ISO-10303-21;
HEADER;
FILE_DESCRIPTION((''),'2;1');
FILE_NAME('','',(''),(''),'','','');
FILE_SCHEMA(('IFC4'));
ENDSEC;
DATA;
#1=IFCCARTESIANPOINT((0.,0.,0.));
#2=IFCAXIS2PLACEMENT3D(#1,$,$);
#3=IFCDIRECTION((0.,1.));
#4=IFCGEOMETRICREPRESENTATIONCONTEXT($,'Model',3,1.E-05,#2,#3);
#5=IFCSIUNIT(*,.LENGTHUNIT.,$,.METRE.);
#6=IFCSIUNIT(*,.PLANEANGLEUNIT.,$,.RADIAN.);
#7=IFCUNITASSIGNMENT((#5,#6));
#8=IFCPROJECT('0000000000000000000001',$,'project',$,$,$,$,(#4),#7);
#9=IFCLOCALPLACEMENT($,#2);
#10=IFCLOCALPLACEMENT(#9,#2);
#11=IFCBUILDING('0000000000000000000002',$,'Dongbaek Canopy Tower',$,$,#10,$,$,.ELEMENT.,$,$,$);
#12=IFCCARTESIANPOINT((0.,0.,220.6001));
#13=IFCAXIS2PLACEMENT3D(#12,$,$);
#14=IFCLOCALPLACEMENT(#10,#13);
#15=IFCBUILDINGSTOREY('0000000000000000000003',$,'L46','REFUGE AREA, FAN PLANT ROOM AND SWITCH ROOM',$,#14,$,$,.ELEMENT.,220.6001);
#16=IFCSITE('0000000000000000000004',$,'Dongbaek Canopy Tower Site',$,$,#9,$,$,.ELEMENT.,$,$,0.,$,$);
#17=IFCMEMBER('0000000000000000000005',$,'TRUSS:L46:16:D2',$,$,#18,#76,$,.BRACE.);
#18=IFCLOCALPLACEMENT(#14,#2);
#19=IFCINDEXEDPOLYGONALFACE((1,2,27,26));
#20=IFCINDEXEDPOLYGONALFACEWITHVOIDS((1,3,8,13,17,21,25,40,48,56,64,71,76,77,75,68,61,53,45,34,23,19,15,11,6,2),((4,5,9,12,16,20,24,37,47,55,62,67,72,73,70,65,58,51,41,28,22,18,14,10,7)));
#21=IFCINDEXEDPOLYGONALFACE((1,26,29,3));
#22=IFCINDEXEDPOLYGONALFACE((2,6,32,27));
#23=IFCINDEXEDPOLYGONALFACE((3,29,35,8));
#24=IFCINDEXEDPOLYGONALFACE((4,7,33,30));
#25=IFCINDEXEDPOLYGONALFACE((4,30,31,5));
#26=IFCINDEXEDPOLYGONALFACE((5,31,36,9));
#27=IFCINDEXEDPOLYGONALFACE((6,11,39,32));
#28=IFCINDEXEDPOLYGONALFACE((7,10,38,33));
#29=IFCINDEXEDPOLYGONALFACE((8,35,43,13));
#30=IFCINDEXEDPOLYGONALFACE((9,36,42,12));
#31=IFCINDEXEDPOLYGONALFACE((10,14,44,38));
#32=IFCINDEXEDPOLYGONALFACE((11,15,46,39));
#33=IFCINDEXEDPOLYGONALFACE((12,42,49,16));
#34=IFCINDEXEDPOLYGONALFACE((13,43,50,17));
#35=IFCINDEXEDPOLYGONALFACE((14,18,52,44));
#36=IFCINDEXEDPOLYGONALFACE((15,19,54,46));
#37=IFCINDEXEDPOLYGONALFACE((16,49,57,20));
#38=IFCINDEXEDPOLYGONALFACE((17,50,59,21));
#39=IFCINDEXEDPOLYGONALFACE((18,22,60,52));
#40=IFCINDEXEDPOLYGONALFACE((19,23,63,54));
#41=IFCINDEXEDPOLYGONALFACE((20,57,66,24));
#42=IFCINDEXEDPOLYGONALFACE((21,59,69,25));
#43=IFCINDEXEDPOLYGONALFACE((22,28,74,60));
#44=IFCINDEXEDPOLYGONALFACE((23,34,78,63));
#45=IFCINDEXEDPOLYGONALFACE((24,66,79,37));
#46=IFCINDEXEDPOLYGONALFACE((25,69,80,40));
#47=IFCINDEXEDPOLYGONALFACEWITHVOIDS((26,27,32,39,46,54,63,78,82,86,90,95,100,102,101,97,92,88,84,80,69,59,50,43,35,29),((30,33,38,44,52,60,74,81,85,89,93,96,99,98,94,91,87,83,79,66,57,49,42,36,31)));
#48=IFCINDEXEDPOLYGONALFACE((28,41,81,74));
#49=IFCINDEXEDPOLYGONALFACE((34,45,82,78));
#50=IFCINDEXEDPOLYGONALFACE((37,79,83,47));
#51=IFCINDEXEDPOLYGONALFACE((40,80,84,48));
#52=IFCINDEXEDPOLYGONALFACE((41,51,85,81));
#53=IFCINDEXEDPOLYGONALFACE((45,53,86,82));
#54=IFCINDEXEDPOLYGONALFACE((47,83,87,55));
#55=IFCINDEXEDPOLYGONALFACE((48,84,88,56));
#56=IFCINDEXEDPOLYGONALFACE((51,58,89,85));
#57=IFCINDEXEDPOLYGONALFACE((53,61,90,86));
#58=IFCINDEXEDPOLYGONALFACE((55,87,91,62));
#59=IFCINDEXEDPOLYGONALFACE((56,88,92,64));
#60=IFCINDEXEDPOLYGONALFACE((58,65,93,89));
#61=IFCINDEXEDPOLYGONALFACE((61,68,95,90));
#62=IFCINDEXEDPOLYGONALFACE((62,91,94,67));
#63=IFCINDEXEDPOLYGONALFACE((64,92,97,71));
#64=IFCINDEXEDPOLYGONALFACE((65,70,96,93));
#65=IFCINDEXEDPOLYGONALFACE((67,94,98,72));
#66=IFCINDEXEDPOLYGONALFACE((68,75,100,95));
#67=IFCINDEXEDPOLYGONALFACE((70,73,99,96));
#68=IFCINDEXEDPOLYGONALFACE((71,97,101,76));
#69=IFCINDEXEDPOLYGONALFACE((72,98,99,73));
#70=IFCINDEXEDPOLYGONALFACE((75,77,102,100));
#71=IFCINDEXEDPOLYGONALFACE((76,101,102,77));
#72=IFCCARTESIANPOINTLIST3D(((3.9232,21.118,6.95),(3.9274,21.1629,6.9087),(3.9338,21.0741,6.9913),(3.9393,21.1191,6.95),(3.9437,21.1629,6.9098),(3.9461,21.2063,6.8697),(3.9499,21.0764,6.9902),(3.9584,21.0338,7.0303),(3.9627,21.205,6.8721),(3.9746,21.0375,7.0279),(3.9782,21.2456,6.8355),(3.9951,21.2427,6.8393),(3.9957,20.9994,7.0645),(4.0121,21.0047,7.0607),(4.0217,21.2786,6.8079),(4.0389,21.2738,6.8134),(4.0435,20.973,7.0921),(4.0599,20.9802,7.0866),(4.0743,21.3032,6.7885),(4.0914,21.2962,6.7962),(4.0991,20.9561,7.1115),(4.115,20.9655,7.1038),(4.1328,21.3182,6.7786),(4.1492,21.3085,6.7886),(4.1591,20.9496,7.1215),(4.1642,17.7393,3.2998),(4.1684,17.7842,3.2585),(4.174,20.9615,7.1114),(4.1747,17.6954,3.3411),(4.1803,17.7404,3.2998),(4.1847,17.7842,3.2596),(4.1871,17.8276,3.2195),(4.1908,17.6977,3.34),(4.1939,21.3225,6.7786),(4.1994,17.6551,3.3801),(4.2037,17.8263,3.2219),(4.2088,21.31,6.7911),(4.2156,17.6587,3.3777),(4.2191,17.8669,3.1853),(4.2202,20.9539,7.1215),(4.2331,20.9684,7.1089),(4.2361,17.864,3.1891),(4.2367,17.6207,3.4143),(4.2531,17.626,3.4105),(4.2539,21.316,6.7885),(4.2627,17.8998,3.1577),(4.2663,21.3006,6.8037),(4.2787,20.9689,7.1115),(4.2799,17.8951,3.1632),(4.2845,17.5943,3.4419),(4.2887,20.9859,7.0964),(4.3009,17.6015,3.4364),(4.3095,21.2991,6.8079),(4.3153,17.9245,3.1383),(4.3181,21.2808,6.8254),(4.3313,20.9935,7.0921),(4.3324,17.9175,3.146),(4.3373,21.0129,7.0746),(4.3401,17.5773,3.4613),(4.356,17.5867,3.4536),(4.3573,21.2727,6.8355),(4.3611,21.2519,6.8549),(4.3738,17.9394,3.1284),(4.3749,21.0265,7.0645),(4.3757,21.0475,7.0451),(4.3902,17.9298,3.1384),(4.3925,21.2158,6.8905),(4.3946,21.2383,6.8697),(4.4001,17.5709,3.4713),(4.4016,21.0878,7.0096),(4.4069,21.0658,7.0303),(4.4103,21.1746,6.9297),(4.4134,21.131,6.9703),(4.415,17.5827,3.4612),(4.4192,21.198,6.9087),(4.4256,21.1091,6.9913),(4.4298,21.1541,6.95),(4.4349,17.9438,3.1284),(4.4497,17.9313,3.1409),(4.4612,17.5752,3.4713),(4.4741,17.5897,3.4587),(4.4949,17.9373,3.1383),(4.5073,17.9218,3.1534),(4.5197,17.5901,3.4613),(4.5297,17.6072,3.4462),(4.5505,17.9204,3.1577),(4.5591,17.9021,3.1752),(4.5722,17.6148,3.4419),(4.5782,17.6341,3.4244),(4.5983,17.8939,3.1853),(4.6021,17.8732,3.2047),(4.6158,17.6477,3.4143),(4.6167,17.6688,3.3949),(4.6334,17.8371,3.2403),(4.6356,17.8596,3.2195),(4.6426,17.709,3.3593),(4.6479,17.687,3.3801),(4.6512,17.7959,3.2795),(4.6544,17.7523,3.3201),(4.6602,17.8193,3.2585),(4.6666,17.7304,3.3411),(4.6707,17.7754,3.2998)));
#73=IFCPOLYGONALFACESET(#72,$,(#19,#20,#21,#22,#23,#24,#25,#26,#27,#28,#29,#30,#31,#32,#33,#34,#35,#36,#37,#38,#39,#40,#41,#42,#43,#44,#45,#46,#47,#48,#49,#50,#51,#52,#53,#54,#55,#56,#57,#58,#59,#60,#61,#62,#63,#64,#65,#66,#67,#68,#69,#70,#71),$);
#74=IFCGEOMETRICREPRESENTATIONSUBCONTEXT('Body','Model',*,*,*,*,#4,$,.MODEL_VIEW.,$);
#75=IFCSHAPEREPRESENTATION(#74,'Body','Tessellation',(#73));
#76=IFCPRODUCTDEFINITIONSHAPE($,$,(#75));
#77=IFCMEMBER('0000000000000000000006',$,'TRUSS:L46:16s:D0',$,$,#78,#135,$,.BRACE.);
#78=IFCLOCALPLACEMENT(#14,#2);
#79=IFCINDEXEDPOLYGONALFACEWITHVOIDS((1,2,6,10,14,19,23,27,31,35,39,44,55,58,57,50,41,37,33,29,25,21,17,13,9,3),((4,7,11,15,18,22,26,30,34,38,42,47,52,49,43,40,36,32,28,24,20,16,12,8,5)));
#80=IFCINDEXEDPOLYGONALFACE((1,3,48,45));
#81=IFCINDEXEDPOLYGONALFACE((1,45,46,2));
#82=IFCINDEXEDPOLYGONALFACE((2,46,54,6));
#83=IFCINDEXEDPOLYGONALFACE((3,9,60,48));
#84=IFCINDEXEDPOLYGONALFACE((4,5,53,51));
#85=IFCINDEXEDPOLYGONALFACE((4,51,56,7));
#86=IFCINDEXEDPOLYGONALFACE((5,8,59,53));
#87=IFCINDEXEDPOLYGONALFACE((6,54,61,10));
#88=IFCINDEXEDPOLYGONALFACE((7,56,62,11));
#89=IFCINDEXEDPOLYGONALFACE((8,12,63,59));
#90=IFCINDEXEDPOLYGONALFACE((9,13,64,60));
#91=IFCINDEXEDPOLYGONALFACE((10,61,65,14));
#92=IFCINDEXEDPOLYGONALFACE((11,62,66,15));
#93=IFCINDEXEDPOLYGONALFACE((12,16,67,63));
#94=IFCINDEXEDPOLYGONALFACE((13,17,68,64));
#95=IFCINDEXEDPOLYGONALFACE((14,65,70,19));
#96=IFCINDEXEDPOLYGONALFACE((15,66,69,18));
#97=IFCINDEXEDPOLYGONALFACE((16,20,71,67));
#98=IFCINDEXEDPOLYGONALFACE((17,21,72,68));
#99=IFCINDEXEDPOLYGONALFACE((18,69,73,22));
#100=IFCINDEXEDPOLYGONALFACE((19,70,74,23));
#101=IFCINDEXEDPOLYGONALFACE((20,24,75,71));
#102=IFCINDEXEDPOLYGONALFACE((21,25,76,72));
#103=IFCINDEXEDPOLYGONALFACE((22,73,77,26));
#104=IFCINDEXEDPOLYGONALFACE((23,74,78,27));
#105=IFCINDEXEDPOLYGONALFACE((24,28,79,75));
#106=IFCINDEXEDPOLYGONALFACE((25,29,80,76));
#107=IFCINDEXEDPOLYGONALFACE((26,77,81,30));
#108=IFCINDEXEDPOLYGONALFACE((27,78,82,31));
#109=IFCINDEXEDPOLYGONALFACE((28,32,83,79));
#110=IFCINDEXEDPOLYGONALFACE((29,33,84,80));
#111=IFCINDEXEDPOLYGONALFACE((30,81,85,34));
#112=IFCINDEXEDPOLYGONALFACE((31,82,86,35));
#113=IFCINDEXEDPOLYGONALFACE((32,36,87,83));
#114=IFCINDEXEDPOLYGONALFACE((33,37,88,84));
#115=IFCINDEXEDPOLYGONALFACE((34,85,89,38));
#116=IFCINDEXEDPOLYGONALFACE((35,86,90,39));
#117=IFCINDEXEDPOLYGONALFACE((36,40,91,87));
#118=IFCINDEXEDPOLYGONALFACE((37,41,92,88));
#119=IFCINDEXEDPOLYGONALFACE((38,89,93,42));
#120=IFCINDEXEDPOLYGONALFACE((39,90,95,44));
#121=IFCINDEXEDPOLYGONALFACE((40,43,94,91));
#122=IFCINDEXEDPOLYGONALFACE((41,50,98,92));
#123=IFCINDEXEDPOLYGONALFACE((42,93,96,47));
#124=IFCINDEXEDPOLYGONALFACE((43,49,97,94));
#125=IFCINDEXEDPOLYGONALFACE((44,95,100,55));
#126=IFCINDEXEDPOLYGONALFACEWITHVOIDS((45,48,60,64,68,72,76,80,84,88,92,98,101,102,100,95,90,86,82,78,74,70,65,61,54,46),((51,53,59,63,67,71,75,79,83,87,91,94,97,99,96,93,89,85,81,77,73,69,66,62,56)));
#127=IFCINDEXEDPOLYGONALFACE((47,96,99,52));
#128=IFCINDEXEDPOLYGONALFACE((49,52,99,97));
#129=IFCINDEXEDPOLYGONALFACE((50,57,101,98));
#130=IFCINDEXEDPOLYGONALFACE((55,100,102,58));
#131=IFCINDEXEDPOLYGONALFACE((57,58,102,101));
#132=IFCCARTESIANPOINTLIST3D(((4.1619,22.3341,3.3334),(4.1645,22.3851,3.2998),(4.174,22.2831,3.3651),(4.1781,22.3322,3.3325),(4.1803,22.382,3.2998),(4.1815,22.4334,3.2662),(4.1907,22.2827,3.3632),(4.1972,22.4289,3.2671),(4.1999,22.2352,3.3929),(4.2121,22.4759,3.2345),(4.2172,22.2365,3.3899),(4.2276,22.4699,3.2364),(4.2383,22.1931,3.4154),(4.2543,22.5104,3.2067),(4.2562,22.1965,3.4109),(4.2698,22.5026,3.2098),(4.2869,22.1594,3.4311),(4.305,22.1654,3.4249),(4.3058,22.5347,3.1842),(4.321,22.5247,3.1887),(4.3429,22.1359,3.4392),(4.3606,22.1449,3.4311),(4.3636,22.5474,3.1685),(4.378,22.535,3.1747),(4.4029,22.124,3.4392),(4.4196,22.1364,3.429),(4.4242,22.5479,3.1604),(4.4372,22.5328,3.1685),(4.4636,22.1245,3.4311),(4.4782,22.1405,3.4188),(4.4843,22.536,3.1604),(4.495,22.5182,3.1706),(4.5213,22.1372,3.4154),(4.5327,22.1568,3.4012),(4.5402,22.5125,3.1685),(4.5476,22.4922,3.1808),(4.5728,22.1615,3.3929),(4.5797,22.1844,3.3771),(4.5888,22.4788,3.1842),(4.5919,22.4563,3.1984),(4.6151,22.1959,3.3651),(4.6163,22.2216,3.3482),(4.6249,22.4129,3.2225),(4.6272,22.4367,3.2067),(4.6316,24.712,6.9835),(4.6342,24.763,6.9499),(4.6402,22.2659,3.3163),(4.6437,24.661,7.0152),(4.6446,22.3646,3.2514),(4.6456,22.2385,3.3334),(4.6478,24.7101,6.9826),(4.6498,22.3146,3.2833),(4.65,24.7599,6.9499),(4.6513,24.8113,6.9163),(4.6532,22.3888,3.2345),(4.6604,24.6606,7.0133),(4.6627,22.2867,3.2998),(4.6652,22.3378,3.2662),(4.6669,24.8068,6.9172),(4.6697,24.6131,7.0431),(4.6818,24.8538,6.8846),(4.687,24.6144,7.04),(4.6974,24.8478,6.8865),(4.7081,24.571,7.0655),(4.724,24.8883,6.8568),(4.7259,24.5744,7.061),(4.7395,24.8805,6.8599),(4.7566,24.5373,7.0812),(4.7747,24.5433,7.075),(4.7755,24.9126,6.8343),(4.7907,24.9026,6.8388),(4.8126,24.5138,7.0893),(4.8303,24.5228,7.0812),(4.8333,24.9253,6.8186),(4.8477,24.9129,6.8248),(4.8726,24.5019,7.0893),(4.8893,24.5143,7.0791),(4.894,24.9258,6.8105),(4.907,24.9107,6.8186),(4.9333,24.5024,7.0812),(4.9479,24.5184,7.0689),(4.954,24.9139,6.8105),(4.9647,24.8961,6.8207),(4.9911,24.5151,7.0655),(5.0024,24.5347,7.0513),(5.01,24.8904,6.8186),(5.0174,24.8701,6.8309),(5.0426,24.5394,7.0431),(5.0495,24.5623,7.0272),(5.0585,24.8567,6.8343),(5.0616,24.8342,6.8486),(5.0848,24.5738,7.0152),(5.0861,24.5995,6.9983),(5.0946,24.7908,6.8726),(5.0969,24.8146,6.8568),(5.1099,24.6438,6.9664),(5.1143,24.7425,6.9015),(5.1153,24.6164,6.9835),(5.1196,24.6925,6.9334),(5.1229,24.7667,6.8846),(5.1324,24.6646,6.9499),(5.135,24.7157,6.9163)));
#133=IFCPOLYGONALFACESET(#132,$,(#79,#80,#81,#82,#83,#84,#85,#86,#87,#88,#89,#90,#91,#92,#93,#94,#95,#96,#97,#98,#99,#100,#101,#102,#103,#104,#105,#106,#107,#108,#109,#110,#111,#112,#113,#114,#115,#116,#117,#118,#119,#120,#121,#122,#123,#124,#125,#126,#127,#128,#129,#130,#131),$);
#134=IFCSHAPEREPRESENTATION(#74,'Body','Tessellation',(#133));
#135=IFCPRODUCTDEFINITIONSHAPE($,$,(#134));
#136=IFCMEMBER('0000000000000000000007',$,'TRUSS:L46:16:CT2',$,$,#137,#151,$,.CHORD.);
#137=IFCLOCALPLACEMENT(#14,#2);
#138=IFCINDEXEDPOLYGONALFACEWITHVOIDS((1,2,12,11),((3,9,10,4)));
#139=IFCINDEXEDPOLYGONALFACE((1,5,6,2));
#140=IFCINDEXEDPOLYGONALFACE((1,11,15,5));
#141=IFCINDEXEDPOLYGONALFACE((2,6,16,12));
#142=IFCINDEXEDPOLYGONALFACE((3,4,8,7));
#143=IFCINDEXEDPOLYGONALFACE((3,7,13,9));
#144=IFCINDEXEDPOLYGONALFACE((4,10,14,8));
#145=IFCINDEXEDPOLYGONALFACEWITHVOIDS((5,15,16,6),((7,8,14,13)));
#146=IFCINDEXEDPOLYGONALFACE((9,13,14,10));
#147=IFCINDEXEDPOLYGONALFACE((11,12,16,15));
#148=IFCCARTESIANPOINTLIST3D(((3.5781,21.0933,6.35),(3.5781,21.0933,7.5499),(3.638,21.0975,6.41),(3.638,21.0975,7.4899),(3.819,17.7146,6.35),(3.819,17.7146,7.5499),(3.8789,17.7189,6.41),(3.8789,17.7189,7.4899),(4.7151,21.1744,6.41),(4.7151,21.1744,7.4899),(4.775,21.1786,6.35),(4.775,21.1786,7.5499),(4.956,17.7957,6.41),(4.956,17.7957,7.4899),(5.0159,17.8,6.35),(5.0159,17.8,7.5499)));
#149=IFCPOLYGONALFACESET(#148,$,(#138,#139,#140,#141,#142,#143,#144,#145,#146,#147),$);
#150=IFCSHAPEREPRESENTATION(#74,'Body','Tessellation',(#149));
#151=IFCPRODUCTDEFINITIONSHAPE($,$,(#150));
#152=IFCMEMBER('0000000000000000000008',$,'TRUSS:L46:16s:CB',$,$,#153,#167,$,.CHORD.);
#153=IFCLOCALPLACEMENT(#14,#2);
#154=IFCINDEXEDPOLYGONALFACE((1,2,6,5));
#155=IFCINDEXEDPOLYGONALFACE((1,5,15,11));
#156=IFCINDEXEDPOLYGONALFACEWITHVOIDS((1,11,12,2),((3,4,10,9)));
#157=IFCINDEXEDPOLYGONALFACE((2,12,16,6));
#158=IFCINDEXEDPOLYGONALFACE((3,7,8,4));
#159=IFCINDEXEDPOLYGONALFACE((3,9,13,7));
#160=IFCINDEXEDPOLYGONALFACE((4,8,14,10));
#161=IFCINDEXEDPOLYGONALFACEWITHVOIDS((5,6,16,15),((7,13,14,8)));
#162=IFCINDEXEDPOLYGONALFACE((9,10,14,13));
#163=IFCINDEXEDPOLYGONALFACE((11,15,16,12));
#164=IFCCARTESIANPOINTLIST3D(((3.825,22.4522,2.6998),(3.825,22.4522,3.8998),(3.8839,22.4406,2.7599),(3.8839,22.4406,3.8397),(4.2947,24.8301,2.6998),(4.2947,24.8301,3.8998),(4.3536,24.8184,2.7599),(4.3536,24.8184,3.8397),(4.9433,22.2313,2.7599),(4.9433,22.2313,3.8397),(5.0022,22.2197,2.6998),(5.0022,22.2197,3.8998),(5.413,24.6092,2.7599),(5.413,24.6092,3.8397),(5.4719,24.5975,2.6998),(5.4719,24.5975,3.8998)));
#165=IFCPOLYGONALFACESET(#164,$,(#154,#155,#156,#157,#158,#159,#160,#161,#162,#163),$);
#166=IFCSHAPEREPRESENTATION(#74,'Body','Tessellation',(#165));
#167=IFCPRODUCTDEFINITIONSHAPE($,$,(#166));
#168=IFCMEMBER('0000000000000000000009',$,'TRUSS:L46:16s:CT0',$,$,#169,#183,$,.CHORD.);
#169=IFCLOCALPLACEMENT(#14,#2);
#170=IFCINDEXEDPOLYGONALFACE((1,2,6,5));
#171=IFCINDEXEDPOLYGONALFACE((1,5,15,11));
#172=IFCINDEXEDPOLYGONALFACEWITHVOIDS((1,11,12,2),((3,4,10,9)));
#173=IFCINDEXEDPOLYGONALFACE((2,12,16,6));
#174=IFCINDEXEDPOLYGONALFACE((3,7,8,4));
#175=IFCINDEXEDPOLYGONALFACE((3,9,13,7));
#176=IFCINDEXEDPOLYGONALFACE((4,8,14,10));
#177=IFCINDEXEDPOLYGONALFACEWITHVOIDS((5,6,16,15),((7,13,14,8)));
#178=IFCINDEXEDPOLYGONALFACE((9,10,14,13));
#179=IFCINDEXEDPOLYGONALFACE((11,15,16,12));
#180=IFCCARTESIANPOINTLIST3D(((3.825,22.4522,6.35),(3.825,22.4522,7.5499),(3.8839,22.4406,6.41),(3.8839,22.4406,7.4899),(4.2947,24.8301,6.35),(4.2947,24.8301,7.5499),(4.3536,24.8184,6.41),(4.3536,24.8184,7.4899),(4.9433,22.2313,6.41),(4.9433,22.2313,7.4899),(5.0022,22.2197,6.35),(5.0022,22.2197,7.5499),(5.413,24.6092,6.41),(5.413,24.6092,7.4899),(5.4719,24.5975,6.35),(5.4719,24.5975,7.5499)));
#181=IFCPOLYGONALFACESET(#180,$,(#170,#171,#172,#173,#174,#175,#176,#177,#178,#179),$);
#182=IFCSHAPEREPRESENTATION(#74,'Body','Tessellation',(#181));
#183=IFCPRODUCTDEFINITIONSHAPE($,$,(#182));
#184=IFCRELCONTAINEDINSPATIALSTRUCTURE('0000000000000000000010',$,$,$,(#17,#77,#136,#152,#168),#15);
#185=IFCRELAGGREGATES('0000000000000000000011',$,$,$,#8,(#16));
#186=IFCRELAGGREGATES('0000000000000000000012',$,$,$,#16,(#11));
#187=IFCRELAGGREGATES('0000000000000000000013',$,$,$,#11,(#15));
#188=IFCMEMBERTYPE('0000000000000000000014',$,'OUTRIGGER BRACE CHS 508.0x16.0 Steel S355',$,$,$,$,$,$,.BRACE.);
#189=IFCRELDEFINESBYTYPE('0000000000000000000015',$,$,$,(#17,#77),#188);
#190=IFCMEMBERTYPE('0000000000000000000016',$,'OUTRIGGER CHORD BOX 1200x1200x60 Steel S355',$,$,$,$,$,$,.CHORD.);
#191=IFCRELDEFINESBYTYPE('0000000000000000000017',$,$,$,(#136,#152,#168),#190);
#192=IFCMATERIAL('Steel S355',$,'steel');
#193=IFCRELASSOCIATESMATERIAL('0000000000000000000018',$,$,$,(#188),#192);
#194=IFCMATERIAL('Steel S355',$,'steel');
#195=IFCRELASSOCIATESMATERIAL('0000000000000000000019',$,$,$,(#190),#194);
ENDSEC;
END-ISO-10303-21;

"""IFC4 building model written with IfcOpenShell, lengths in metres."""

from ifc_helpers import new_model, si_unit, direction, frame, origin, origin_2d, place, context, subcontext, project, spatial, hollow_rectangle, hollow_circle, extrude, material, material_profile, profile_set, type_object, element, save


model = new_model("IFC4")

# Units and contexts
model_context = context("Model", 3, precision=1e-05, world=origin(), true_north=direction((0.0, 1.0)))
body_context = subcontext(model_context, "Body", "Model", "MODEL_VIEW")
ifc_project = project(units=[si_unit("LENGTHUNIT", "METRE"), si_unit("PLANEANGLEUNIT", "RADIAN")], contexts=[model_context])

# Site, building, storey
site_placement = place(None, origin())
site = spatial("IfcSite", under=ifc_project, at=site_placement, Name="Dongbaek Canopy Tower Site", CompositionType="ELEMENT", RefElevation=0.0)
building_placement = place(site_placement, origin())
building = spatial("IfcBuilding", under=site, at=building_placement, Name="Dongbaek Canopy Tower", CompositionType="ELEMENT")
storey_placement = place(building_placement, frame((0.0, 0.0, 220.6001)))
storey = spatial("IfcBuildingStorey", under=building, at=storey_placement, Name="L46", Description="REFUGE AREA, FAN PLANT ROOM AND SWITCH ROOM", CompositionType="ELEMENT", Elevation=220.6001)

# Members
ifc_material_1 = material(Name="Steel S355", Category="steel")
ifc_material_profile_1 = material_profile(ifc_material_1, hollow_circle(Radius=0.2539, WallThickness=0.0161, at=origin_2d()), Name="OUTRIGGER BRACE CHS 508.0x16.0 Steel S355")
ifc_profile_set_1 = profile_set([ifc_material_profile_1], Name="Steel S355")
member_type_1 = type_object("IfcMemberType", Name="OUTRIGGER BRACE CHS 508.0x16.0 Steel S355", PredefinedType="BRACE", material=ifc_profile_set_1)
member_1_placement = place(storey_placement, frame((4.4175, 17.7573, 3.2998), z_axis=(-0.04839, 0.678493, 0.733012), x_axis=(-0.997466, -0.071139, 0.0)))
element("IfcMember", 1, at=member_1_placement, inside=storey, type_object=member_type_1, Name="TRUSS:L46:16:D2", PredefinedType="BRACE", context=body_context, shape_type="SweptSolid", body=[
    extrude(hollow_circle(Radius=0.2539, WallThickness=0.0161, at=origin_2d()), origin(), (0.0, 0.0, 1.0), 4.9797),
])
member_2_placement = place(storey_placement, frame((4.4136, 22.3359, 3.2998), z_axis=(0.107203, 0.542703, 0.833055), x_axis=(-0.981043, 0.193791, 0.0)))
element("IfcMember", 2, at=member_2_placement, inside=storey, type_object=member_type_1, Name="TRUSS:L46:16s:D0", PredefinedType="BRACE", context=body_context, shape_type="SweptSolid", body=[
    extrude(hollow_circle(Radius=0.2539, WallThickness=0.0161, at=origin_2d()), origin(), (0.0, 0.0, 1.0), 4.3816),
])
ifc_material_2 = material(Name="Steel S355", Category="steel")
ifc_material_profile_2 = material_profile(ifc_material_2, hollow_rectangle(XDim=1.2, YDim=1.2, WallThickness=0.0601, at=origin_2d()), Name="OUTRIGGER CHORD BOX 1200x1200x60 Steel S355")
ifc_profile_set_2 = profile_set([ifc_material_profile_2], Name="Steel S355")
member_type_2 = type_object("IfcMemberType", Name="OUTRIGGER CHORD BOX 1200x1200x60 Steel S355", PredefinedType="CHORD", material=ifc_profile_set_2)
member_3_placement = place(storey_placement, frame((4.4175, 17.7573, 6.95), z_axis=(-0.071139, 0.997466, 0.0), x_axis=(-0.997466, -0.071139, 0.0)))
element("IfcMember", 3, at=member_3_placement, inside=storey, type_object=member_type_2, Name="TRUSS:L46:16:CT2", PredefinedType="CHORD", context=body_context, shape_type="SweptSolid", body=[
    extrude(hollow_rectangle(XDim=1.2, YDim=1.2, WallThickness=0.0601, at=origin_2d()), origin(), (0.0, 0.0, 1.0), 3.3872),
])
for number, where, z_axis, x_axis, name in (
    (4, (4.4136, 22.3359, 3.2998), (0.193791, 0.981043, 0.0), (-0.981043, 0.193791, 0.0), "TRUSS:L46:16s:CB"),
    (5, (4.4136, 22.3359, 6.95), (0.193791, 0.981043, 0.0), (-0.981043, 0.193791, 0.0), "TRUSS:L46:16s:CT0"),
):
    element("IfcMember", number, at=place(storey_placement, frame(where, z_axis=z_axis, x_axis=x_axis)), inside=storey, type_object=member_type_2, Name=name, PredefinedType="CHORD", context=body_context, shape_type="SweptSolid", body=[
        extrude(hollow_rectangle(XDim=1.2, YDim=1.2, WallThickness=0.0601, at=origin_2d()), origin(), (0.0, 0.0, 1.0), 2.4238),
    ])

save(model, "model.ifc")
